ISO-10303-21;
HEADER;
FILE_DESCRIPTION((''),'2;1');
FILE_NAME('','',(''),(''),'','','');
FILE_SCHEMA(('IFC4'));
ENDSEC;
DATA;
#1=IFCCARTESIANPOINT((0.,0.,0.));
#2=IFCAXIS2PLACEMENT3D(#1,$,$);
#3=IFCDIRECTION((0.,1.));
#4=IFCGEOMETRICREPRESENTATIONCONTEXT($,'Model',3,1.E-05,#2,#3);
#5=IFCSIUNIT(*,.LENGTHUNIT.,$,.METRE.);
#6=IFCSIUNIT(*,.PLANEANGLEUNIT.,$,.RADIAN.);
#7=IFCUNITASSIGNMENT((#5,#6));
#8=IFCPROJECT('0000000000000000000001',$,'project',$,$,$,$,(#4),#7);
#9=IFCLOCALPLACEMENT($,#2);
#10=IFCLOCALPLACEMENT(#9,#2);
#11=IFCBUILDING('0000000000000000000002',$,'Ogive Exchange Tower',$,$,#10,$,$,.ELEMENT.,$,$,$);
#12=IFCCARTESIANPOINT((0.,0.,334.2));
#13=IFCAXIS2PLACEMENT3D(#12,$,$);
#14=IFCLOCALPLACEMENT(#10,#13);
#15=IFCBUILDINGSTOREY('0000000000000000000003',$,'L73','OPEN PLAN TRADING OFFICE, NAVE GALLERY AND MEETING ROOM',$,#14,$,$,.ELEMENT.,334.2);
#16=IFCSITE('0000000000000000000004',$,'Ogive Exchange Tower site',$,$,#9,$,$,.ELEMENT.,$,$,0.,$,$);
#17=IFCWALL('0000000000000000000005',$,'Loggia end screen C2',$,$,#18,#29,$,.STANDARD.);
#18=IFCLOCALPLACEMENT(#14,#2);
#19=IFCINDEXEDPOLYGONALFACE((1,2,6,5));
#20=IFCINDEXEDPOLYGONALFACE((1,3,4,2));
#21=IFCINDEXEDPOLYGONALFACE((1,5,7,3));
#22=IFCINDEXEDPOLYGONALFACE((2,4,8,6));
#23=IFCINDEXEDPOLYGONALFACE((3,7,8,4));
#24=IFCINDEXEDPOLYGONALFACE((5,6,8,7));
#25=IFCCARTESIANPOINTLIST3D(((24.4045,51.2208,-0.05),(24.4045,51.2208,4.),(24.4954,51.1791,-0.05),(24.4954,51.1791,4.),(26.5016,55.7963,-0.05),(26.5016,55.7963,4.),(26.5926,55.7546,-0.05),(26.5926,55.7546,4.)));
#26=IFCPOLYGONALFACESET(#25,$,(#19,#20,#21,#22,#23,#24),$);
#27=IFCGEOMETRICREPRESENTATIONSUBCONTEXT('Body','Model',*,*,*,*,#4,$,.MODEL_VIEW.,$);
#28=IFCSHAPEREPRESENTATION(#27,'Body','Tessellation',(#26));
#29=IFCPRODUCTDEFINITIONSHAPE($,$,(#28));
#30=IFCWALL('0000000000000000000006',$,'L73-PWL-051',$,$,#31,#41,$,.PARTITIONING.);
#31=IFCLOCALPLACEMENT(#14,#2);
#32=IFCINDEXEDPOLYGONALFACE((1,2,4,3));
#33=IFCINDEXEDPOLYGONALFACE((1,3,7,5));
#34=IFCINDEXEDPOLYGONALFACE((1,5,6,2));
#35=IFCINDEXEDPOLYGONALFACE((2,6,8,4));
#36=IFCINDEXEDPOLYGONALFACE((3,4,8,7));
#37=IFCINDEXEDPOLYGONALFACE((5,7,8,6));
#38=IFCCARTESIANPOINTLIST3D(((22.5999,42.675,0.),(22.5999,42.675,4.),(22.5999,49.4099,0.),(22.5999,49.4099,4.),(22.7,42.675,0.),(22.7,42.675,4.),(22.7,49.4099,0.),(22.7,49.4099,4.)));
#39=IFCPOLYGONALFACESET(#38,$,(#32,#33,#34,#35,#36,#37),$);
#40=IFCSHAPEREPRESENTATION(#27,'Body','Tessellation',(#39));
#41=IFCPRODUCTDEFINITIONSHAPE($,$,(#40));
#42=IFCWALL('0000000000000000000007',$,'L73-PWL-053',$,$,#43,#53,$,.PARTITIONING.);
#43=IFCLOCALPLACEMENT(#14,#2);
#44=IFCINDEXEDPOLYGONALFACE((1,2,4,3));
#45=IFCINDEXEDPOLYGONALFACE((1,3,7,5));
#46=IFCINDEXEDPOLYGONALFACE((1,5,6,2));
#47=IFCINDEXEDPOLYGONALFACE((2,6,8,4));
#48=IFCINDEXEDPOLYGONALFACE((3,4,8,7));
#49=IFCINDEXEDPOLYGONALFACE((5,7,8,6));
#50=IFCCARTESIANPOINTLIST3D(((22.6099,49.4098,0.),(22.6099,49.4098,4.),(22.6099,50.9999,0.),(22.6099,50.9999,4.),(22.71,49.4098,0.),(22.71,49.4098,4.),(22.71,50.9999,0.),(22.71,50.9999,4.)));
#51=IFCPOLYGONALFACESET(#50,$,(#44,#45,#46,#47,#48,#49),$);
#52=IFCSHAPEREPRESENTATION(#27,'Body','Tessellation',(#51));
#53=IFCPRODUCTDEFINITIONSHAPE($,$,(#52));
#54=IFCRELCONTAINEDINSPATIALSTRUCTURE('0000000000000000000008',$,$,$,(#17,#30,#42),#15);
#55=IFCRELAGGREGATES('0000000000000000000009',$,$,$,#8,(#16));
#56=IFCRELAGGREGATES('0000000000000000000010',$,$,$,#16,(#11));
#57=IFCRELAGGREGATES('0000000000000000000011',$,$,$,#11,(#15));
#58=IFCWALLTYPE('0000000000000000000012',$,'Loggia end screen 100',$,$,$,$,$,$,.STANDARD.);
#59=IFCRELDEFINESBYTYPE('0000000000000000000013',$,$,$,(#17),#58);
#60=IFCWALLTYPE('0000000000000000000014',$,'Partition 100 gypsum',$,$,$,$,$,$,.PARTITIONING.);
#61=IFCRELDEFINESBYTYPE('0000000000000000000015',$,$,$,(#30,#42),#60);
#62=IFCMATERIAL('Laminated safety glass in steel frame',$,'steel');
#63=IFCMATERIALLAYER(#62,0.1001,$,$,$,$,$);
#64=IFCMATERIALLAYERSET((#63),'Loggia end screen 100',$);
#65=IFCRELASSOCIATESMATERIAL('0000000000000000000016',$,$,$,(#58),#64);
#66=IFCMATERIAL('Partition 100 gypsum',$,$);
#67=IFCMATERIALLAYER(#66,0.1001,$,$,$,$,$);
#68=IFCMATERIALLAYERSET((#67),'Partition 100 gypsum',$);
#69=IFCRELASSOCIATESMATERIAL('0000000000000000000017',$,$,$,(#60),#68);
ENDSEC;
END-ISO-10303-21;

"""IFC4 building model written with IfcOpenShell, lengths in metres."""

from ifc_helpers import new_model, si_unit, direction, frame, frame_2d, origin, place, context, subcontext, project, spatial, rectangle, extrude, material, layer, layer_set, type_object, element, save


model = new_model("IFC4")

# Units and contexts
model_context = context("Model", 3, precision=1e-05, world=origin(), true_north=direction((0.0, 1.0)))
body_context = subcontext(model_context, "Body", "Model", "MODEL_VIEW")
ifc_project = project(units=[si_unit("LENGTHUNIT", "METRE"), si_unit("PLANEANGLEUNIT", "RADIAN")], contexts=[model_context])

# Site, building, storey
site_placement = place(None, origin())
site = spatial("IfcSite", under=ifc_project, at=site_placement, Name="Ogive Exchange Tower site", CompositionType="ELEMENT", RefElevation=0.0)
building_placement = place(site_placement, origin())
building = spatial("IfcBuilding", under=site, at=building_placement, Name="Ogive Exchange Tower", CompositionType="ELEMENT")
storey_placement = place(building_placement, frame((0.0, 0.0, 334.2)))
storey = spatial("IfcBuildingStorey", under=building, at=storey_placement, Name="L73", Description="OPEN PLAN TRADING OFFICE, NAVE GALLERY AND MEETING ROOM", CompositionType="ELEMENT", Elevation=334.2)

# Walls
ifc_material_1 = material(Name="Laminated safety glass in steel frame", Category="steel")
ifc_layer_1 = layer(ifc_material_1, 0.1001)
ifc_layer_set_1 = layer_set([ifc_layer_1], Name="Loggia end screen 100")
wall_type_1 = type_object("IfcWallType", Name="Loggia end screen 100", PredefinedType="STANDARD", material=ifc_layer_set_1)
wall_1_placement = place(storey_placement, frame((24.45, 51.2, -0.05), z_axis=(0.0, 0.0, 1.0), x_axis=(0.41667, 0.909058, 0.0)))
element("IfcWall", 1, at=wall_1_placement, inside=storey, type_object=wall_type_1, Name="Loggia end screen C2", PredefinedType="STANDARD", context=body_context, shape_type="SweptSolid", body=[
    extrude(rectangle(XDim=5.0332, YDim=0.1001, at=frame_2d((2.5166, 0.0))), origin(), (0.0, 0.0, 1.0), 4.05),
])
ifc_material_2 = material(Name="Partition 100 gypsum")
ifc_layer_2 = layer(ifc_material_2, 0.1001)
ifc_layer_set_2 = layer_set([ifc_layer_2], Name="Partition 100 gypsum")
wall_type_2 = type_object("IfcWallType", Name="Partition 100 gypsum", PredefinedType="PARTITIONING", material=ifc_layer_set_2)
wall_2_placement = place(storey_placement, frame((22.6499, 42.675, 0.0), z_axis=(0.0, 0.0, 1.0), x_axis=(0.0, 1.0, 0.0)))
element("IfcWall", 2, at=wall_2_placement, inside=storey, type_object=wall_type_2, Name="L73-PWL-051", PredefinedType="PARTITIONING", context=body_context, shape_type="SweptSolid", body=[
    extrude(rectangle(XDim=6.7349, YDim=0.1001, at=frame_2d((3.3674, 0.0))), origin(), (0.0, 0.0, 1.0), 4.0),
])
wall_3_placement = place(storey_placement, frame((22.6599, 49.4099, 0.0), z_axis=(0.0, 0.0, 1.0), x_axis=(0.0, 1.0, 0.0)))
element("IfcWall", 3, at=wall_3_placement, inside=storey, type_object=wall_type_2, Name="L73-PWL-053", PredefinedType="PARTITIONING", context=body_context, shape_type="SweptSolid", body=[
    extrude(rectangle(XDim=1.5901, YDim=0.1001, at=frame_2d((0.7949, 0.0))), origin(), (0.0, 0.0, 1.0), 4.0),
])

save(model, "model.ifc")
